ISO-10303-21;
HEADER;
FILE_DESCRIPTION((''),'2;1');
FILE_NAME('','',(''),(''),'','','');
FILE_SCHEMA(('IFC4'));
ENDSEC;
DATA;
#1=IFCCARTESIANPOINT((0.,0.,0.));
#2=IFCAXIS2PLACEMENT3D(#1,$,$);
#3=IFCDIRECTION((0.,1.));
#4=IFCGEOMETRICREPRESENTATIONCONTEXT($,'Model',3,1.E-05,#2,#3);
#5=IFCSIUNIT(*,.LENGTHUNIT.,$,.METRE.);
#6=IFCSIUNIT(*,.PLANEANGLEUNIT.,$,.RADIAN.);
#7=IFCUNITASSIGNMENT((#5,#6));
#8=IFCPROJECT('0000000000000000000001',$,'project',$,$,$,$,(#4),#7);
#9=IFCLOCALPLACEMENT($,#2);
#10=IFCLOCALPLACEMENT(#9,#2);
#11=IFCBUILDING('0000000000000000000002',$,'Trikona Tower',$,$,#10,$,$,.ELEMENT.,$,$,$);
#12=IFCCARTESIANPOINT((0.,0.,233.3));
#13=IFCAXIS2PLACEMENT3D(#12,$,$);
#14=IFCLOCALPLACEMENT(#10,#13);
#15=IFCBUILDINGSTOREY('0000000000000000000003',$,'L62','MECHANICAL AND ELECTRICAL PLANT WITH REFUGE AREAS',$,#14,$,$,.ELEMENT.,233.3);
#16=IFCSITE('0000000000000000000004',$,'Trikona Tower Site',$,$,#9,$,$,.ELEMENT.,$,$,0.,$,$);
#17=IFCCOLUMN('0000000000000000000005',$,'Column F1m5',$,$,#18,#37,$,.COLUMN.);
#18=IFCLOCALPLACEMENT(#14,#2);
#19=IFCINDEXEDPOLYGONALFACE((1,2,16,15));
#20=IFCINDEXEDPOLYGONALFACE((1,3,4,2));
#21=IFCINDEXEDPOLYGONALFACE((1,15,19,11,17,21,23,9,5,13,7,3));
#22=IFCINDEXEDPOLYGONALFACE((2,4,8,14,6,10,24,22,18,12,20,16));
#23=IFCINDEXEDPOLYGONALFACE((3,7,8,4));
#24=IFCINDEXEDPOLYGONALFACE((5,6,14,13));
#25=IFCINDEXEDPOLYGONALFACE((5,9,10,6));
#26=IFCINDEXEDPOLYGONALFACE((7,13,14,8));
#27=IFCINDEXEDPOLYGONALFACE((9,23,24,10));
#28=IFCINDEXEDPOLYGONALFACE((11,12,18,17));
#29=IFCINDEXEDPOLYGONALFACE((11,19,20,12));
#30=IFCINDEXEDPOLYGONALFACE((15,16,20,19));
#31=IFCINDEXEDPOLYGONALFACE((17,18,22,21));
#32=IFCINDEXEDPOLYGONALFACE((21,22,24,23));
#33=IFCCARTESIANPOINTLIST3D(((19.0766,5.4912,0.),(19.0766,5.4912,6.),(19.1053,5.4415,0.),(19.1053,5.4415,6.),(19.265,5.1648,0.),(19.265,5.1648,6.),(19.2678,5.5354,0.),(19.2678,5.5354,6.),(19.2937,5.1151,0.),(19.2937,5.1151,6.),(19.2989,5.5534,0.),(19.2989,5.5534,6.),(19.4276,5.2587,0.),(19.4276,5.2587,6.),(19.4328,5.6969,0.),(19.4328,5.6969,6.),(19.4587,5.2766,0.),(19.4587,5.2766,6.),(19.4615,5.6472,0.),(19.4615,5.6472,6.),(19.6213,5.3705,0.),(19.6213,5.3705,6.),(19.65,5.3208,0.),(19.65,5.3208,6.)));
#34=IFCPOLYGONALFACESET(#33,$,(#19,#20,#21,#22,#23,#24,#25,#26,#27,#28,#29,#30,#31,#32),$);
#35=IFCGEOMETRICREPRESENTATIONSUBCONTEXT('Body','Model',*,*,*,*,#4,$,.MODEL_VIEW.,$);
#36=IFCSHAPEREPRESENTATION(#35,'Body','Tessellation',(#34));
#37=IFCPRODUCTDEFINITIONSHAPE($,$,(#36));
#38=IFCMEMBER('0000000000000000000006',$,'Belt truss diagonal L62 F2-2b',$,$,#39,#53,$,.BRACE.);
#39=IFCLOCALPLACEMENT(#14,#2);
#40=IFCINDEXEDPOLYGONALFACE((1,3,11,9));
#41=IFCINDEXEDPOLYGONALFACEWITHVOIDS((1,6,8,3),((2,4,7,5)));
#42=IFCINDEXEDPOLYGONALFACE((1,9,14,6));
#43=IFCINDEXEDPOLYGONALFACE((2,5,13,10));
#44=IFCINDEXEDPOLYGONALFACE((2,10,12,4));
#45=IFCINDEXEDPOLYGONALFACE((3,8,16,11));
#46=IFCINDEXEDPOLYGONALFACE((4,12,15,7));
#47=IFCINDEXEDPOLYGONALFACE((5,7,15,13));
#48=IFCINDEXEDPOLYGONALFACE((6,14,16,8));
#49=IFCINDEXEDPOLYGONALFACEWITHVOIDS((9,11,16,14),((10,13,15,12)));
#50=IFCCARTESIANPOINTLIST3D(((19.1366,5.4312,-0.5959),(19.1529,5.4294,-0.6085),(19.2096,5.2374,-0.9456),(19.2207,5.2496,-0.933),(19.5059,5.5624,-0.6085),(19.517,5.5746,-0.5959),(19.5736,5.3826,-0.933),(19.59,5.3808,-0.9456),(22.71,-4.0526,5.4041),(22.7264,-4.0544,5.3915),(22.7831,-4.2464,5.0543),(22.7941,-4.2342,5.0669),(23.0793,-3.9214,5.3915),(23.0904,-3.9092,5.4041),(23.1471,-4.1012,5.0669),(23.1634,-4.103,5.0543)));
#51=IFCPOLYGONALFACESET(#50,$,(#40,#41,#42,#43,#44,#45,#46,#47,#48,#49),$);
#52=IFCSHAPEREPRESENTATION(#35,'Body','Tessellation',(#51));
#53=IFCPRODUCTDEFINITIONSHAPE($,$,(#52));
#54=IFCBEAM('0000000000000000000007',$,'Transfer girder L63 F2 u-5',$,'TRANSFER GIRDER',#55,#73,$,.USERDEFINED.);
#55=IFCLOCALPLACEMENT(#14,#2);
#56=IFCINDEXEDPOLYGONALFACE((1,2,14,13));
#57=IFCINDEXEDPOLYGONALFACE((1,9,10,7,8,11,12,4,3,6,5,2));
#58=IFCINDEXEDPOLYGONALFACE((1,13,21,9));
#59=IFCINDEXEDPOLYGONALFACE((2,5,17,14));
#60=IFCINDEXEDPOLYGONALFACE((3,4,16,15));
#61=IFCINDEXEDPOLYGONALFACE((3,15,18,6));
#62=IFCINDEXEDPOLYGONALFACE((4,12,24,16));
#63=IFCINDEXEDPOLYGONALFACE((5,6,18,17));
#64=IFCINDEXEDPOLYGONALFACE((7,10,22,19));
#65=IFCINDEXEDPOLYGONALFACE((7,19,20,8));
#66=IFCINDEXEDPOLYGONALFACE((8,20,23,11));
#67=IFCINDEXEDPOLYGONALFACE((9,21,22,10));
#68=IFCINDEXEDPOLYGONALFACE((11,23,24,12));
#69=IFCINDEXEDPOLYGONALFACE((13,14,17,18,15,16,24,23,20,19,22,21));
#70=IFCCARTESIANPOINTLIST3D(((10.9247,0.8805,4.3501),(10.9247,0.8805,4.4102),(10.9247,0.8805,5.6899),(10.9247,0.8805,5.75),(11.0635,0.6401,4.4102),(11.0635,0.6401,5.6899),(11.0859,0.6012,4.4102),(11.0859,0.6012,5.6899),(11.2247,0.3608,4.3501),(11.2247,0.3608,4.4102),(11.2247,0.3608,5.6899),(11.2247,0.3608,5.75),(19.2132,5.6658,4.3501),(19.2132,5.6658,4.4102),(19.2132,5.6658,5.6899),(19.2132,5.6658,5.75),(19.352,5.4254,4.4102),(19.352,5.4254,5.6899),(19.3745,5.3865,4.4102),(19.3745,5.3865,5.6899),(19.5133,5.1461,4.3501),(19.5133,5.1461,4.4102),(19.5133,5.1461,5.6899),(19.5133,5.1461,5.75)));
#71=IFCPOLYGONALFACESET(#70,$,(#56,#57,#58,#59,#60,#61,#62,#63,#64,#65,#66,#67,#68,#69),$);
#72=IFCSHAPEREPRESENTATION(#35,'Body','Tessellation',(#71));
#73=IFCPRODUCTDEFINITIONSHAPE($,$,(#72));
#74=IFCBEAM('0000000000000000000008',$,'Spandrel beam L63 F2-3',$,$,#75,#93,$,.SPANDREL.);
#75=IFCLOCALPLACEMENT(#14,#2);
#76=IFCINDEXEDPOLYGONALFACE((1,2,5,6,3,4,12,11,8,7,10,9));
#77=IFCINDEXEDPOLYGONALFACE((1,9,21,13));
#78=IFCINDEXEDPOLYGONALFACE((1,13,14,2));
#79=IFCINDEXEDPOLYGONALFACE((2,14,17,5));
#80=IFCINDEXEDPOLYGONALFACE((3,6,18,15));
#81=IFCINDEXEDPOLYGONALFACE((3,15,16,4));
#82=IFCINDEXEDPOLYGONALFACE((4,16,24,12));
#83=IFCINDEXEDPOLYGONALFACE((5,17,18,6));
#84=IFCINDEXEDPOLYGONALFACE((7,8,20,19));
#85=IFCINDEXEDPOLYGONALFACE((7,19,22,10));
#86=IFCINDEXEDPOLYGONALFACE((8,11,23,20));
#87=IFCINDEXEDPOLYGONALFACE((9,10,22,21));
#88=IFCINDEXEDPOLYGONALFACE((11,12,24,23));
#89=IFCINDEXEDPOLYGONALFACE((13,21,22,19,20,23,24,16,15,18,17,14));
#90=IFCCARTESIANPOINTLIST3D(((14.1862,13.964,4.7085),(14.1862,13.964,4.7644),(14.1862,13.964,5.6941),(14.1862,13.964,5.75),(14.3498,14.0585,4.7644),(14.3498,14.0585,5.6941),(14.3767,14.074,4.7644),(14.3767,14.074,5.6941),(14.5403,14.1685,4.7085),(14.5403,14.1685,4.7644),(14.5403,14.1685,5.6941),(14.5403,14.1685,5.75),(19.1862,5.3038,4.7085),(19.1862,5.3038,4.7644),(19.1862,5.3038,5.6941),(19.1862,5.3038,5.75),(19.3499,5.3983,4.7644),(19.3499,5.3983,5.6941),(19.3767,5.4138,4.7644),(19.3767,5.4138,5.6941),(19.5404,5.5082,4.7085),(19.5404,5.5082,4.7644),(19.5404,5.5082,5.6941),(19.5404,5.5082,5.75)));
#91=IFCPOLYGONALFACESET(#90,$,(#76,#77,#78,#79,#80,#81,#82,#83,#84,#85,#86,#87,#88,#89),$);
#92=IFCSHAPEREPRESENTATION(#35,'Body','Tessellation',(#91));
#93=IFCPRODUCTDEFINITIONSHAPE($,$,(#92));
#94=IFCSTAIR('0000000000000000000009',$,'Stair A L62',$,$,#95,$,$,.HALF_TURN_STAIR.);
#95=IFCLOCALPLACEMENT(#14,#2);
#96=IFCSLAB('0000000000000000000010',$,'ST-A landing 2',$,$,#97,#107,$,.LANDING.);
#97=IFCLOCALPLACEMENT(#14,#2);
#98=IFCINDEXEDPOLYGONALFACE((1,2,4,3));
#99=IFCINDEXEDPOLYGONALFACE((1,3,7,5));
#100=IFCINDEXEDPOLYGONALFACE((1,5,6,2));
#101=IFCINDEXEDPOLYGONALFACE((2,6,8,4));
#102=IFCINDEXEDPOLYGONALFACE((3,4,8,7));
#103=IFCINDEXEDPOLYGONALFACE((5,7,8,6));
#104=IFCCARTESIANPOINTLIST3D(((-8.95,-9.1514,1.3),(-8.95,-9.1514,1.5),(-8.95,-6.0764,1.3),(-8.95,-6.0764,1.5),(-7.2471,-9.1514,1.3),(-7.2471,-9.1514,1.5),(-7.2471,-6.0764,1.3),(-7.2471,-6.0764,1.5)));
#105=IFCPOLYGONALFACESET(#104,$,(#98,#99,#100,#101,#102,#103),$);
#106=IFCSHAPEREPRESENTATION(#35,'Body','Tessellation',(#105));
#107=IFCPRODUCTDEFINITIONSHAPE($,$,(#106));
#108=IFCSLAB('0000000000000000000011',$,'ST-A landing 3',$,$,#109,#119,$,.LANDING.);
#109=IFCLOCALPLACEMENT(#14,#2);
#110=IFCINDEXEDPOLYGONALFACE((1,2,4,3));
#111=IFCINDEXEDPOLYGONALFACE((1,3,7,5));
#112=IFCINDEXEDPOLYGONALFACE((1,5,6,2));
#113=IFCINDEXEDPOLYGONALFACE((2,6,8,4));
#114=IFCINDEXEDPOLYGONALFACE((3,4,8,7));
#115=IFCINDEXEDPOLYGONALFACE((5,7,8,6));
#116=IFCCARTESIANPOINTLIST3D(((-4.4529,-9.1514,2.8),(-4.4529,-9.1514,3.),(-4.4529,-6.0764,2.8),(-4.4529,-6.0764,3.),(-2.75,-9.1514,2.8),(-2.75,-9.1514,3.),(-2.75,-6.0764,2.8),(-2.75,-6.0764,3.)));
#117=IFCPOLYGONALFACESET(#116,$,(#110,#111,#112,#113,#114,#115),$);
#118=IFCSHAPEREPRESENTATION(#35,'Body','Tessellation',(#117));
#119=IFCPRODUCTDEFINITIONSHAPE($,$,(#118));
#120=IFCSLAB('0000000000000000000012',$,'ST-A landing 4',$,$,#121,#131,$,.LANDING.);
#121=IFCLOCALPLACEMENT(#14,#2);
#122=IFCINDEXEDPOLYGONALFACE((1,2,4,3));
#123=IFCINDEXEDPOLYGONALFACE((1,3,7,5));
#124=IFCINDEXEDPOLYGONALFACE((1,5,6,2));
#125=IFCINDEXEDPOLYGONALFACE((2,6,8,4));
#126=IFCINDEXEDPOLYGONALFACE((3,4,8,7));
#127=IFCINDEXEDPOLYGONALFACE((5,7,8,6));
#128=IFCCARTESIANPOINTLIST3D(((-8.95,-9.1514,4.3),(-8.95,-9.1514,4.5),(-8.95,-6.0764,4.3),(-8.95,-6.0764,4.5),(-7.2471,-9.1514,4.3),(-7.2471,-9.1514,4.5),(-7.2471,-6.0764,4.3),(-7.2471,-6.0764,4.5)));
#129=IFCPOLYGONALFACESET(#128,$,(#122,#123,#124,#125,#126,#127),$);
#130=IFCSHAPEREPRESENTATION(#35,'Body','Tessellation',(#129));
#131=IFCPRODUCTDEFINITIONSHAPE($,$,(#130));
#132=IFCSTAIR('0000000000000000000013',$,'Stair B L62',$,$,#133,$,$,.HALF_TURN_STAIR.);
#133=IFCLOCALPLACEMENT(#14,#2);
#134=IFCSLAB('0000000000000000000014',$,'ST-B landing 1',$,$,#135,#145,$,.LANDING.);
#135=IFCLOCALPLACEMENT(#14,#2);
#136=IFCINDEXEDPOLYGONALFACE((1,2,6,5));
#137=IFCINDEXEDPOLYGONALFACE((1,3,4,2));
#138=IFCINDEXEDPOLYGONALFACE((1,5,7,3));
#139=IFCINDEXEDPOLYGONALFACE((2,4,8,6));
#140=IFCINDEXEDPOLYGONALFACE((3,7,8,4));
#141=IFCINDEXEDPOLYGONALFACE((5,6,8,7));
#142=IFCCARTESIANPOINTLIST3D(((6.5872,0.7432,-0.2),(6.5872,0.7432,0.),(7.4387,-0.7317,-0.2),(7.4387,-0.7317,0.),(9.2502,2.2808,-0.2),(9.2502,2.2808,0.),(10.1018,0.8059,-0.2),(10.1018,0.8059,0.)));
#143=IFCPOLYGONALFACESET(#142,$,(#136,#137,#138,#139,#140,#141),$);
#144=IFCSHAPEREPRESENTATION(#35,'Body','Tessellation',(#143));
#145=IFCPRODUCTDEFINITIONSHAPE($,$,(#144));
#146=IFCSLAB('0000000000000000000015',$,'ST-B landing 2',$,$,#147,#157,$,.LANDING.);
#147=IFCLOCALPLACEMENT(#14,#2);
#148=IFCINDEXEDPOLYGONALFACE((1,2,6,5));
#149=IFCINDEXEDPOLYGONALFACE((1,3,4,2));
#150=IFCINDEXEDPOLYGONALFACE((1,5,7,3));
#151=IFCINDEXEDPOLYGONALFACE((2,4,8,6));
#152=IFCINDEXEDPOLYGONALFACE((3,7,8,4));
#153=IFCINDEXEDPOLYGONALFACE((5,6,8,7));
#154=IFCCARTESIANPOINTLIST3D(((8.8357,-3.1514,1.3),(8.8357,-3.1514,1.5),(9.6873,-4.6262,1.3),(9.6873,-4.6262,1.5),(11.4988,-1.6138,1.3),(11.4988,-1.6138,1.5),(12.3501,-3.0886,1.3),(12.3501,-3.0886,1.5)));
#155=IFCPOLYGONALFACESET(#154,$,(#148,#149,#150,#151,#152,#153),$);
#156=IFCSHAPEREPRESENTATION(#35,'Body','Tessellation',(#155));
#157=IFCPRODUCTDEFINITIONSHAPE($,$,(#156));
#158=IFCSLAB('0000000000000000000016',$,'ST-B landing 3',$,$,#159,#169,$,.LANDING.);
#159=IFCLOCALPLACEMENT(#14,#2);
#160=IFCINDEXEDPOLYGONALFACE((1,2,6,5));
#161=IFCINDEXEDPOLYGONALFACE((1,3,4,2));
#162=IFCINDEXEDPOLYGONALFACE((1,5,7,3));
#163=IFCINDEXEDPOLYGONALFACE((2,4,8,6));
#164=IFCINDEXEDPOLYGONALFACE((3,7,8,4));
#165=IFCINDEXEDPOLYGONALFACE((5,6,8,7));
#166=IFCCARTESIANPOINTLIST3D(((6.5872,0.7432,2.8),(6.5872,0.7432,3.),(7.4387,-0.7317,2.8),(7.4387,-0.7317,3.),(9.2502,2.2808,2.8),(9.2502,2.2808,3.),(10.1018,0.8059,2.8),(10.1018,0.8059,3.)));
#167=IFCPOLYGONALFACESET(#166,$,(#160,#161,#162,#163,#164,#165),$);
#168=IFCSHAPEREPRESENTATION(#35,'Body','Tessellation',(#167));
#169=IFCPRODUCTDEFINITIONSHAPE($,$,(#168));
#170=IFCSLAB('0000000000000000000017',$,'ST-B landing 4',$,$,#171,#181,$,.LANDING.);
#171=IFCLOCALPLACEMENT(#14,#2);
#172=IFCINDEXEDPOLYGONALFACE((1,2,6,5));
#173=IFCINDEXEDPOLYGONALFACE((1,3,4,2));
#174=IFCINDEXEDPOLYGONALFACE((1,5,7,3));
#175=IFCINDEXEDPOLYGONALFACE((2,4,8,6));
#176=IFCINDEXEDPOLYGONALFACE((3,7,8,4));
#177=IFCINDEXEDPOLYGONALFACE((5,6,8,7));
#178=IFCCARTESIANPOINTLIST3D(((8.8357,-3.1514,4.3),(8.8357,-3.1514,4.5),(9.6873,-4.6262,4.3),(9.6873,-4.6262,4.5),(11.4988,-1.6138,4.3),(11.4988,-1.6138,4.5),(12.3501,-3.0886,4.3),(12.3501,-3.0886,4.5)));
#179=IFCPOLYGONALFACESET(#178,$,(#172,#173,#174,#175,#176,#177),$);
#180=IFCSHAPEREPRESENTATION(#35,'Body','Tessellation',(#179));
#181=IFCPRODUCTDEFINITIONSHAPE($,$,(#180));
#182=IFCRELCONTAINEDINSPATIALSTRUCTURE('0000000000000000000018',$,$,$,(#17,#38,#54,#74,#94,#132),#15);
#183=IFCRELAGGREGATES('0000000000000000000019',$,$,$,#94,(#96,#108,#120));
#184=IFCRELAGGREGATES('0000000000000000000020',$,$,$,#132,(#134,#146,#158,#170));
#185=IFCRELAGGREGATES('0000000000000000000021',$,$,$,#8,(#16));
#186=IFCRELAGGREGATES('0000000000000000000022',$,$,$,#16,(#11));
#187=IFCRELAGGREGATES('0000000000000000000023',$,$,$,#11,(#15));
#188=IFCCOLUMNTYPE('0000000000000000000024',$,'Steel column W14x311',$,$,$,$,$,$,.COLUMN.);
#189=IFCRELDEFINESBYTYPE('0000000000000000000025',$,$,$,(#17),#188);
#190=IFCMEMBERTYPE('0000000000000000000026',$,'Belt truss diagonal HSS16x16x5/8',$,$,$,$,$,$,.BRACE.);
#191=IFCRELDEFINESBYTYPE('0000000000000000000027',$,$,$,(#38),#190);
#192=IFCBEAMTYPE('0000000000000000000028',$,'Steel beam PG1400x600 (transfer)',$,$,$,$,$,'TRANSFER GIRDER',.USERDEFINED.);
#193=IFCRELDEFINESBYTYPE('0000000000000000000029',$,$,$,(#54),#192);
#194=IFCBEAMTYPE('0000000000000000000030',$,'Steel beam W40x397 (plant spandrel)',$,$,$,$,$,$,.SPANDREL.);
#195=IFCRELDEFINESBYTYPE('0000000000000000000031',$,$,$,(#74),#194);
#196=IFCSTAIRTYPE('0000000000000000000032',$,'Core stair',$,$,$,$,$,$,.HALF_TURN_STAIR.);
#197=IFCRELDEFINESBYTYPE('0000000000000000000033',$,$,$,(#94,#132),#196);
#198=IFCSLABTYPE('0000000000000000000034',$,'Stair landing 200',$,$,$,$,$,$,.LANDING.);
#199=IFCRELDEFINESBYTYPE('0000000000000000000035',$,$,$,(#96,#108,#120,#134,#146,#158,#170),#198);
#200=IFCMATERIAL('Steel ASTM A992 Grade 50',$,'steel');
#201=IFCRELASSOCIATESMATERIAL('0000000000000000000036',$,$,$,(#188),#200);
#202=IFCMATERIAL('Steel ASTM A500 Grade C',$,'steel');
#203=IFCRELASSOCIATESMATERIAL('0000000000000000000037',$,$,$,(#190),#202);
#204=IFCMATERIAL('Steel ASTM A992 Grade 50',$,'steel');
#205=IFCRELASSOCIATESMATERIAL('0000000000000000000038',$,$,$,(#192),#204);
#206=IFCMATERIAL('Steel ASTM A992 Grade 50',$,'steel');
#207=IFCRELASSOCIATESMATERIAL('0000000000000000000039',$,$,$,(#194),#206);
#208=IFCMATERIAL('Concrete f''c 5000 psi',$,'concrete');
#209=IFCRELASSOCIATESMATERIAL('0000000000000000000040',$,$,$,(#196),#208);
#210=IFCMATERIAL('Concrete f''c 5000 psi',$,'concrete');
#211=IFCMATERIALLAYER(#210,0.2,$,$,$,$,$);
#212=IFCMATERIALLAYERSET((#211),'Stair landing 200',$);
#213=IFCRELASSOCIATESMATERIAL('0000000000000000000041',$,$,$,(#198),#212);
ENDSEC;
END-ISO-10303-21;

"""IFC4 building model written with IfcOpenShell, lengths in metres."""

from ifc_helpers import new_model, si_unit, direction, frame, origin, origin_2d, place, context, subcontext, project, spatial, polyline, hollow_rectangle, i_section, outline, extrude, material, layer, layer_set, material_profile, profile_set, type_object, element, aggregate, save


model = new_model("IFC4")

# Units and contexts
model_context = context("Model", 3, precision=1e-05, world=origin(), true_north=direction((0.0, 1.0)))
body_context = subcontext(model_context, "Body", "Model", "MODEL_VIEW")
ifc_project = project(units=[si_unit("LENGTHUNIT", "METRE"), si_unit("PLANEANGLEUNIT", "RADIAN")], contexts=[model_context])

# Site, building, storey
site_placement = place(None, origin())
site = spatial("IfcSite", under=ifc_project, at=site_placement, Name="Trikona Tower Site", CompositionType="ELEMENT", RefElevation=0.0)
building_placement = place(site_placement, origin())
building = spatial("IfcBuilding", under=site, at=building_placement, Name="Trikona Tower", CompositionType="ELEMENT")
storey_placement = place(building_placement, frame((0.0, 0.0, 233.3)))
storey = spatial("IfcBuildingStorey", under=building, at=storey_placement, Name="L62", Description="MECHANICAL AND ELECTRICAL PLANT WITH REFUGE AREAS", CompositionType="ELEMENT", Elevation=233.3)

# Column
ifc_material_1 = material(Name="Steel ASTM A992 Grade 50", Category="steel")
ifc_material_profile_1 = material_profile(ifc_material_1, i_section(OverallWidth=0.4114, OverallDepth=0.4343, WebThickness=0.0359, FlangeThickness=0.0574, at=origin_2d()), Name="W14X311")
ifc_profile_set_1 = profile_set([ifc_material_profile_1], Name="Steel ASTM A992 Grade 50")
column_type = type_object("IfcColumnType", Name="Steel column W14x311", PredefinedType="COLUMN", material=ifc_profile_set_1)
column_placement = place(storey_placement, frame((19.3633, 5.406, 0.0), z_axis=(0.0, 0.0, 1.0), x_axis=(0.866025, 0.5, 0.0)))
element("IfcColumn", 1, at=column_placement, inside=storey, type_object=column_type, Name="Column F1m5", PredefinedType="COLUMN", context=body_context, shape_type="SweptSolid", body=[
    extrude(i_section(OverallWidth=0.4114, OverallDepth=0.4343, WebThickness=0.0359, FlangeThickness=0.0574, at=origin_2d()), origin(), (0.0, 0.0, 1.0), 6.0),
])

# Member
ifc_material_2 = material(Name="Steel ASTM A500 Grade C", Category="steel")
ifc_material_profile_2 = material_profile(ifc_material_2, hollow_rectangle(XDim=0.4065, YDim=0.4065, WallThickness=0.0146, at=origin_2d()), Name="HSS16X16X5/8")
ifc_profile_set_2 = profile_set([ifc_material_profile_2], Name="Steel ASTM A500 Grade C")
member_type = type_object("IfcMemberType", Name="Belt truss diagonal HSS16x16x5/8", PredefinedType="BRACE", material=ifc_profile_set_2)
member_placement = place(storey_placement, frame((19.3633, 5.406, -0.7708), z_axis=(0.303412, -0.805242, 0.509438), x_axis=(0.935776, 0.352596, 0.0)))
element("IfcMember", 2, at=member_placement, inside=storey, type_object=member_type, Name="Belt truss diagonal L62 F2-2b", PredefinedType="BRACE", context=body_context, shape_type="SweptSolid", body=[
    extrude(hollow_rectangle(XDim=0.4065, YDim=0.4065, WallThickness=0.0146, at=origin_2d()), origin(), (0.0, 0.0, 1.0), 11.7776),
])

# Beams
ifc_material_3 = material(Name="Steel ASTM A992 Grade 50", Category="steel")
ifc_material_profile_3 = material_profile(ifc_material_3, i_section(OverallWidth=0.6001, OverallDepth=1.3999, WebThickness=0.0449, FlangeThickness=0.0601, at=origin_2d()), Name="PG1400X600")
ifc_profile_set_3 = profile_set([ifc_material_profile_3], Name="Steel ASTM A992 Grade 50")
beam_type_1 = type_object("IfcBeamType", Name="Steel beam PG1400x600 (transfer)", ElementType="TRANSFER GIRDER", PredefinedType="USERDEFINED", material=ifc_profile_set_3)
beam_1_placement = place(storey_placement, frame((11.0747, 0.6206, 5.05), z_axis=(0.866026, 0.499999, 0.0), x_axis=(-0.499999, 0.866026, 0.0)))
element("IfcBeam", 3, at=beam_1_placement, inside=storey, type_object=beam_type_1, Name="Transfer girder L63 F2 u-5", ObjectType="TRANSFER GIRDER", PredefinedType="USERDEFINED", context=body_context, shape_type="SweptSolid", body=[
    extrude(i_section(OverallWidth=0.6001, OverallDepth=1.3999, WebThickness=0.0449, FlangeThickness=0.0601, at=origin_2d()), origin(), (0.0, 0.0, 1.0), 9.5708),
])
ifc_material_4 = material(Name="Steel ASTM A992 Grade 50", Category="steel")
ifc_material_profile_4 = material_profile(ifc_material_4, i_section(OverallWidth=0.4089, OverallDepth=1.0415, WebThickness=0.031, FlangeThickness=0.0559, at=origin_2d()), Name="W40X397")
ifc_profile_set_4 = profile_set([ifc_material_profile_4], Name="Steel ASTM A992 Grade 50")
beam_type_2 = type_object("IfcBeamType", Name="Steel beam W40x397 (plant spandrel)", PredefinedType="SPANDREL", material=ifc_profile_set_4)
beam_2_placement = place(storey_placement, frame((19.3633, 5.406, 5.2292), z_axis=(-0.500004, 0.866023, 0.0), x_axis=(-0.866023, -0.500004, 0.0)))
element("IfcBeam", 4, at=beam_2_placement, inside=storey, type_object=beam_type_2, Name="Spandrel beam L63 F2-3", PredefinedType="SPANDREL", context=body_context, shape_type="SweptSolid", body=[
    extrude(i_section(OverallWidth=0.4089, OverallDepth=1.0415, WebThickness=0.031, FlangeThickness=0.0559, at=origin_2d()), origin(), (0.0, 0.0, 1.0), 10.0),
])

# Stairs, slabs
ifc_material_5 = material(Name="Concrete f'c 5000 psi", Category="concrete")
stair_type = type_object("IfcStairType", Name="Core stair", PredefinedType="HALF_TURN_STAIR", material=ifc_material_5)
stair_1_placement = place(storey_placement, origin())
stair_1 = element("IfcStair", 5, at=stair_1_placement, inside=storey, type_object=stair_type, Name="Stair A L62", PredefinedType="HALF_TURN_STAIR")
ifc_material_6 = material(Name="Concrete f'c 5000 psi", Category="concrete")
ifc_layer_1 = layer(ifc_material_6, 0.2)
ifc_layer_set_1 = layer_set([ifc_layer_1], Name="Stair landing 200")
slab_type = type_object("IfcSlabType", Name="Stair landing 200", PredefinedType="LANDING", material=ifc_layer_set_1)
slab_1_placement = place(storey_placement, frame((0.0, 0.0, 1.3)))
slab_1 = element("IfcSlab", 6, at=slab_1_placement, type_object=slab_type, Name="ST-A landing 2", PredefinedType="LANDING", context=body_context, shape_type="SweptSolid", body=[
    extrude(outline(polyline([(-8.95, -6.0764), (-7.2471, -6.0764), (-7.2471, -9.1514), (-8.95, -9.1514), (-8.95, -6.0764)])), origin(), (0.0, 0.0, 1.0), 0.2),
])
slab_2_placement = place(storey_placement, frame((0.0, 0.0, 2.8)))
slab_2 = element("IfcSlab", 7, at=slab_2_placement, type_object=slab_type, Name="ST-A landing 3", PredefinedType="LANDING", context=body_context, shape_type="SweptSolid", body=[
    extrude(outline(polyline([(-4.4529, -6.0764), (-2.75, -6.0764), (-2.75, -9.1514), (-4.4529, -9.1514), (-4.4529, -6.0764)])), origin(), (0.0, 0.0, 1.0), 0.2),
])
slab_3_placement = place(storey_placement, frame((0.0, 0.0, 4.3)))
slab_3 = element("IfcSlab", 8, at=slab_3_placement, type_object=slab_type, Name="ST-A landing 4", PredefinedType="LANDING", context=body_context, shape_type="SweptSolid", body=[
    extrude(outline(polyline([(-8.95, -6.0764), (-7.2471, -6.0764), (-7.2471, -9.1514), (-8.95, -9.1514), (-8.95, -6.0764)])), origin(), (0.0, 0.0, 1.0), 0.2),
])
aggregate(stair_1, [slab_1, slab_2, slab_3])
stair_2_placement = place(storey_placement, origin())
stair_2 = element("IfcStair", 9, at=stair_2_placement, inside=storey, type_object=stair_type, Name="Stair B L62", PredefinedType="HALF_TURN_STAIR")
slab_4_placement = place(storey_placement, frame((0.0, 0.0, -0.2)))
slab_4 = element("IfcSlab", 10, at=slab_4_placement, type_object=slab_type, Name="ST-B landing 1", PredefinedType="LANDING", context=body_context, shape_type="SweptSolid", body=[
    extrude(outline(polyline([(7.4387, -0.7317), (6.5872, 0.7432), (9.2502, 2.2808), (10.1018, 0.8059), (7.4387, -0.7317)])), origin(), (0.0, 0.0, 1.0), 0.2),
])
slab_5_placement = place(storey_placement, frame((0.0, 0.0, 1.3)))
slab_5 = element("IfcSlab", 11, at=slab_5_placement, type_object=slab_type, Name="ST-B landing 2", PredefinedType="LANDING", context=body_context, shape_type="SweptSolid", body=[
    extrude(outline(polyline([(9.6873, -4.6262), (8.8357, -3.1514), (11.4988, -1.6138), (12.3501, -3.0886), (9.6873, -4.6262)])), origin(), (0.0, 0.0, 1.0), 0.2),
])
slab_6_placement = place(storey_placement, frame((0.0, 0.0, 2.8)))
slab_6 = element("IfcSlab", 12, at=slab_6_placement, type_object=slab_type, Name="ST-B landing 3", PredefinedType="LANDING", context=body_context, shape_type="SweptSolid", body=[
    extrude(outline(polyline([(7.4387, -0.7317), (6.5872, 0.7432), (9.2502, 2.2808), (10.1018, 0.8059), (7.4387, -0.7317)])), origin(), (0.0, 0.0, 1.0), 0.2),
])
slab_7_placement = place(storey_placement, frame((0.0, 0.0, 4.3)))
slab_7 = element("IfcSlab", 13, at=slab_7_placement, type_object=slab_type, Name="ST-B landing 4", PredefinedType="LANDING", context=body_context, shape_type="SweptSolid", body=[
    extrude(outline(polyline([(9.6873, -4.6262), (8.8357, -3.1514), (11.4988, -1.6138), (12.3501, -3.0886), (9.6873, -4.6262)])), origin(), (0.0, 0.0, 1.0), 0.2),
])

aggregate(stair_2, [slab_4, slab_5, slab_6, slab_7])

save(model, "model.ifc")
